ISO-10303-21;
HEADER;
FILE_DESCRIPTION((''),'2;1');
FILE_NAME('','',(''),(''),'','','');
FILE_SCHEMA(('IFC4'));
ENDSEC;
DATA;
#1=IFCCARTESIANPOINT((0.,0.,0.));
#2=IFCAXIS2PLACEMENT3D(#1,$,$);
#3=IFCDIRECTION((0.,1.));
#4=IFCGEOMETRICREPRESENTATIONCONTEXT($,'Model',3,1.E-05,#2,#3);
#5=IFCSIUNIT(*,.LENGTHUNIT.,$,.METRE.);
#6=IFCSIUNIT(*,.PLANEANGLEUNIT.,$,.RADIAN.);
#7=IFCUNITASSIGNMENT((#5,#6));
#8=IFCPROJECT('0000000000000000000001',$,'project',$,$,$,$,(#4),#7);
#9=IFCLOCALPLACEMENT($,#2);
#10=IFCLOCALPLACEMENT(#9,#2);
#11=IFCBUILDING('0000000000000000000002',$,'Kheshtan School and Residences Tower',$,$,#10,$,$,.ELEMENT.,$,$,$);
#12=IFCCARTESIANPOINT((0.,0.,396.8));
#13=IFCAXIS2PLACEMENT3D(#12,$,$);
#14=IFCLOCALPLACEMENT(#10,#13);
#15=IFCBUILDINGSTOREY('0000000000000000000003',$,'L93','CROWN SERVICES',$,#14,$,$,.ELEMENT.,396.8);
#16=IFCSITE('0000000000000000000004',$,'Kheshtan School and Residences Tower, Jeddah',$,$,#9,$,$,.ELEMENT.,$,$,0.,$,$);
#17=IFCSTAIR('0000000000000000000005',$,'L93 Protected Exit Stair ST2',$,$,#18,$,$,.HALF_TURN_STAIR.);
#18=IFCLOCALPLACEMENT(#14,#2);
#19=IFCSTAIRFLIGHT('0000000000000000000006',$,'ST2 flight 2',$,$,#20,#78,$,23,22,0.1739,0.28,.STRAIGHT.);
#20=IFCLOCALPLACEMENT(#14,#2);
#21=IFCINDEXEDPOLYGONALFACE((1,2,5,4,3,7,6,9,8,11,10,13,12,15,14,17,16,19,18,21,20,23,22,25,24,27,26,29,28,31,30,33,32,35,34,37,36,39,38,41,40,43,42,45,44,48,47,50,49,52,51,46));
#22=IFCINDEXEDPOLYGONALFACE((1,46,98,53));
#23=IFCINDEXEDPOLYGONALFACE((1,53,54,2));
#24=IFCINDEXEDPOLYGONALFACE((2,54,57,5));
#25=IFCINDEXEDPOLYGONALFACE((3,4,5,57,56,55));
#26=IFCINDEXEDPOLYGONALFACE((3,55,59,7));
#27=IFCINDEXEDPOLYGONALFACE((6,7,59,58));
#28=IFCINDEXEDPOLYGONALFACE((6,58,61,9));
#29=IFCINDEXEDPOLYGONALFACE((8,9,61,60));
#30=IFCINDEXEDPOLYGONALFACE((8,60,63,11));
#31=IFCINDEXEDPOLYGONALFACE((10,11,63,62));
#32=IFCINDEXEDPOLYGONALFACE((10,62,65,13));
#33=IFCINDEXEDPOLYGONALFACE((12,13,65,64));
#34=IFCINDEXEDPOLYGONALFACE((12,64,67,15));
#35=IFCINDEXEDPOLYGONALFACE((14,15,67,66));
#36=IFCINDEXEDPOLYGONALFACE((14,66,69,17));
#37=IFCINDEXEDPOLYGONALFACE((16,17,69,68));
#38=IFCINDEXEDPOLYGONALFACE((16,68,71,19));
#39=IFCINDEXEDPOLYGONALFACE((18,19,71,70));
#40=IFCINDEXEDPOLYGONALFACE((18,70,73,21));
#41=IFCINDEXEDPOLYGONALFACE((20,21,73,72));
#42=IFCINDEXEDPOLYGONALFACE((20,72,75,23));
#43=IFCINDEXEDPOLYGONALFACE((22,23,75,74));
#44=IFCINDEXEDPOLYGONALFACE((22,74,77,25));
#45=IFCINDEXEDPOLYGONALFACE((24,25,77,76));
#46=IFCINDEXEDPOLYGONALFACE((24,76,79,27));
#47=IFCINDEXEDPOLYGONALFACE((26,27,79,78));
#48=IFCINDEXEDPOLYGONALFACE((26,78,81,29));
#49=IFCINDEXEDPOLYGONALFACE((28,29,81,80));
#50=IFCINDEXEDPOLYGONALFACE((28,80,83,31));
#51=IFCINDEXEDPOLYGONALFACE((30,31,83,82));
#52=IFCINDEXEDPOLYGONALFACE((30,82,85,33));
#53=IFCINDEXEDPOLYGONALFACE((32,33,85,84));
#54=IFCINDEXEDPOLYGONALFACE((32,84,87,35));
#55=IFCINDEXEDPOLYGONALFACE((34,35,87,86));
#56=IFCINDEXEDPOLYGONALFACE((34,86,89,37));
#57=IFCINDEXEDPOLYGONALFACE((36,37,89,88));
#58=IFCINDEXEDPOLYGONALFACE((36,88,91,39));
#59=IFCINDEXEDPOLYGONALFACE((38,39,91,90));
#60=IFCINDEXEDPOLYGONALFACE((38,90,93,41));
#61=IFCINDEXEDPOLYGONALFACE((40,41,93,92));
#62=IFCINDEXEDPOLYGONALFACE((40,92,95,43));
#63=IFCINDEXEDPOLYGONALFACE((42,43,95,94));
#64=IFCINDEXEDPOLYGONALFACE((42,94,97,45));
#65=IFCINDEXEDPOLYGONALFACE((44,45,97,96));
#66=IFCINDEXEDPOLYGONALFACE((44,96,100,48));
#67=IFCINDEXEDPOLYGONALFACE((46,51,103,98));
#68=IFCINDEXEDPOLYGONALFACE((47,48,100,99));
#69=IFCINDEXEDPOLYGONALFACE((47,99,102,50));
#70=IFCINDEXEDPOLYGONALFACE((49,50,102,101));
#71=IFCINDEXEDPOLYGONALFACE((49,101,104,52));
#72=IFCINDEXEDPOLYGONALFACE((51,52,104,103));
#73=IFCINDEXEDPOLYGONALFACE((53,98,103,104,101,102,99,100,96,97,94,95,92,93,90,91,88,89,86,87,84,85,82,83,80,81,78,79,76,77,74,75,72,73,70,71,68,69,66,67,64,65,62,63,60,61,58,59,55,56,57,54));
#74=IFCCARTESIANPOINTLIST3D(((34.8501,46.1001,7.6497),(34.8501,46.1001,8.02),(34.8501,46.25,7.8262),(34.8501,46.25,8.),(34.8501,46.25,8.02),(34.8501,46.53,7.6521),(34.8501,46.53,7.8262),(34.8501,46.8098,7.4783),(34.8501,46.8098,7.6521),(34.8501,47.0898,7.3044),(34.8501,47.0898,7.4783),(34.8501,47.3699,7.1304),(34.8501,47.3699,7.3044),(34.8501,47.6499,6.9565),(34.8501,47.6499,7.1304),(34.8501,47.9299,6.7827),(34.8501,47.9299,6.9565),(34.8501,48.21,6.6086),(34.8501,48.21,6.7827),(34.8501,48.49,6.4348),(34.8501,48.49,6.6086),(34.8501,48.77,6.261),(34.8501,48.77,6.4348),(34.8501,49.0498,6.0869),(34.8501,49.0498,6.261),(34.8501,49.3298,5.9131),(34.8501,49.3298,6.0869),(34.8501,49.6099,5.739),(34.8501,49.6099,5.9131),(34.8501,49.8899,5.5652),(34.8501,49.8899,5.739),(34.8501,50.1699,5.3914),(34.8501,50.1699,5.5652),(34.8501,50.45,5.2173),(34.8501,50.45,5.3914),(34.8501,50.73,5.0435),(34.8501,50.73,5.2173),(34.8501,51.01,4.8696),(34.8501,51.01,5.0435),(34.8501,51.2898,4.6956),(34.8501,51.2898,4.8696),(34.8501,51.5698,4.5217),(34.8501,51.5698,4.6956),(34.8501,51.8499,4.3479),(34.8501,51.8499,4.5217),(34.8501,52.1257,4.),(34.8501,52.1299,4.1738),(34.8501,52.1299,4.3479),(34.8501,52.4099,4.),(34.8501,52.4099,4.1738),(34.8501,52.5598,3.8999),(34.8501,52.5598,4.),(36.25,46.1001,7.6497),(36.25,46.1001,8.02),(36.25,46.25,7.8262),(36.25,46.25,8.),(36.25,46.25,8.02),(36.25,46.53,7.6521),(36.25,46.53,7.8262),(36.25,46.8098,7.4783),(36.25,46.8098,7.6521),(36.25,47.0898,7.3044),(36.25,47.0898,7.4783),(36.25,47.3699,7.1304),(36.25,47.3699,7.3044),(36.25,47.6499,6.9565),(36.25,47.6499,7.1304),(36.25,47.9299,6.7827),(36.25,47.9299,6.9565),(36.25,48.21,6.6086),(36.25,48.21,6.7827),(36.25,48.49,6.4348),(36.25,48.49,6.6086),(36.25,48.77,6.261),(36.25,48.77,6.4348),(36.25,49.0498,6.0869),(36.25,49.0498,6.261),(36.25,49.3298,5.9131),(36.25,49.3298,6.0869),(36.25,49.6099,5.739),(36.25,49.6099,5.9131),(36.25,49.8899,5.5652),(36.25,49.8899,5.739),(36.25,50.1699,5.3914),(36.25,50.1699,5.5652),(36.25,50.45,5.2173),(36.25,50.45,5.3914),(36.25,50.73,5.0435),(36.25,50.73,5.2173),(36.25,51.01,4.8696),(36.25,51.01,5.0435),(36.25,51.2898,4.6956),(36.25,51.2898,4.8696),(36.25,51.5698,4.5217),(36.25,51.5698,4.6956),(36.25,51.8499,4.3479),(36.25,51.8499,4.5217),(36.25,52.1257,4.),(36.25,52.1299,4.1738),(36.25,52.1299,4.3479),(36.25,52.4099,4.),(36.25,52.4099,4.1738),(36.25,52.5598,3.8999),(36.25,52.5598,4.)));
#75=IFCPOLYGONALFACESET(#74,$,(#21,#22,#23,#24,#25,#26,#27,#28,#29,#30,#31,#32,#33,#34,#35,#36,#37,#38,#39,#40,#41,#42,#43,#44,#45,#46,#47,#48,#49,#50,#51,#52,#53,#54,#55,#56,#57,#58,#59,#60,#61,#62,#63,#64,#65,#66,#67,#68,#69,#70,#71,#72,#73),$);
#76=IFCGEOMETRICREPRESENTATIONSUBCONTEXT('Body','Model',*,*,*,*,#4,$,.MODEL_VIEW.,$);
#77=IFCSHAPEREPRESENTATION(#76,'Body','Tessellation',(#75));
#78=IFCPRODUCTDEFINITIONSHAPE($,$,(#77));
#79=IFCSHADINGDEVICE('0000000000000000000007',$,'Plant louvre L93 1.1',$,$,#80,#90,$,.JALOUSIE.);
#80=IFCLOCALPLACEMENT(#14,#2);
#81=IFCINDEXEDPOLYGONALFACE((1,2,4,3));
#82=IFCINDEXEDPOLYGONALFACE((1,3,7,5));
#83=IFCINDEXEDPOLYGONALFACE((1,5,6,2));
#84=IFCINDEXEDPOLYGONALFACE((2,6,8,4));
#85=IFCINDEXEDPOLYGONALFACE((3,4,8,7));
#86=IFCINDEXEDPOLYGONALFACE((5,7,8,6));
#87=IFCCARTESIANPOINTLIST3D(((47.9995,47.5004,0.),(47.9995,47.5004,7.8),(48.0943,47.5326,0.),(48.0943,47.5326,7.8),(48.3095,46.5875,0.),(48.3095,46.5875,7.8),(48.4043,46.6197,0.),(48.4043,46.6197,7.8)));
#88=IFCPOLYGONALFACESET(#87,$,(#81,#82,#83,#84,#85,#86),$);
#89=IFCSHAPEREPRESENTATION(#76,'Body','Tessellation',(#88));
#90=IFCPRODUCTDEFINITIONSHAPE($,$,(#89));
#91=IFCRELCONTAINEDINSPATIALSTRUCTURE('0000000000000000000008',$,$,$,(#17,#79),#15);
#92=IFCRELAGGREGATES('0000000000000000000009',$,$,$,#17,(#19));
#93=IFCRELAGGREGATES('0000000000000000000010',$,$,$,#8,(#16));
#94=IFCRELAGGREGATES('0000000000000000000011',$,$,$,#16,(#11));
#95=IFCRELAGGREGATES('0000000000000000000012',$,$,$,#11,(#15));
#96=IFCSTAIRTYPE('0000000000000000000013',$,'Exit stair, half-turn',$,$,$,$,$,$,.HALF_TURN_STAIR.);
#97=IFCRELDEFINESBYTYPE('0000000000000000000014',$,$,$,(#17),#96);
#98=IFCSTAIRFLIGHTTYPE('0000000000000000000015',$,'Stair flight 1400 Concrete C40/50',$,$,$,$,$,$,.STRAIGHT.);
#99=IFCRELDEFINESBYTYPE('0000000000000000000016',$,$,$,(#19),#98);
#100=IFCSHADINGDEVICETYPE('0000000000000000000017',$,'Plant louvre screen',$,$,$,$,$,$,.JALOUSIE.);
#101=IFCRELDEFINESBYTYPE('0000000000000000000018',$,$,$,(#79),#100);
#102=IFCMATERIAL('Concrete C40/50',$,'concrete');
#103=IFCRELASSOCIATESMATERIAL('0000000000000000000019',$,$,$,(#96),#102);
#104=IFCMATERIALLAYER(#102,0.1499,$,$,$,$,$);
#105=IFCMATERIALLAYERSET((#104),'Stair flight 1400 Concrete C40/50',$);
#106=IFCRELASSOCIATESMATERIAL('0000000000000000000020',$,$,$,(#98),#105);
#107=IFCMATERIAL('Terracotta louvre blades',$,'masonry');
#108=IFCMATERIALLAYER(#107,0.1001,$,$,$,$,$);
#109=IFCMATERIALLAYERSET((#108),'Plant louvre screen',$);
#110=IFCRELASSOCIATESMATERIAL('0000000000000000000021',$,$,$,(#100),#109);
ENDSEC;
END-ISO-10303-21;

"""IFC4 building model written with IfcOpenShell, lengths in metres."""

from ifc_helpers import new_model, si_unit, direction, frame, origin, origin_2d, place, context, subcontext, project, spatial, polyline, rectangle, outline, extrude, material, layer, layer_set, type_object, element, aggregate, save


model = new_model("IFC4")

# Units and contexts
model_context = context("Model", 3, precision=1e-05, world=origin(), true_north=direction((0.0, 1.0)))
body_context = subcontext(model_context, "Body", "Model", "MODEL_VIEW")
ifc_project = project(units=[si_unit("LENGTHUNIT", "METRE"), si_unit("PLANEANGLEUNIT", "RADIAN")], contexts=[model_context])

# Site, building, storey
site_placement = place(None, origin())
site = spatial("IfcSite", under=ifc_project, at=site_placement, Name="Kheshtan School and Residences Tower, Jeddah", CompositionType="ELEMENT", RefElevation=0.0)
building_placement = place(site_placement, origin())
building = spatial("IfcBuilding", under=site, at=building_placement, Name="Kheshtan School and Residences Tower", CompositionType="ELEMENT")
storey_placement = place(building_placement, frame((0.0, 0.0, 396.8)))
storey = spatial("IfcBuildingStorey", under=building, at=storey_placement, Name="L93", Description="CROWN SERVICES", CompositionType="ELEMENT", Elevation=396.8)

# Shared definitions
ifc_material_1 = material(Name="Concrete C40/50", Category="concrete")

# Stair, stair flight
stair_type = type_object("IfcStairType", Name="Exit stair, half-turn", PredefinedType="HALF_TURN_STAIR", material=ifc_material_1)
stair_placement = place(storey_placement, origin())
stair = element("IfcStair", 1, at=stair_placement, inside=storey, type_object=stair_type, Name="L93 Protected Exit Stair ST2", PredefinedType="HALF_TURN_STAIR")
ifc_layer_1 = layer(ifc_material_1, 0.1499)
ifc_layer_set_1 = layer_set([ifc_layer_1], Name="Stair flight 1400 Concrete C40/50")
stair_flight_type = type_object("IfcStairFlightType", Name="Stair flight 1400 Concrete C40/50", PredefinedType="STRAIGHT", material=ifc_layer_set_1)
stair_flight_placement = place(storey_placement, frame((35.55, 52.4099, 4.0), z_axis=(0.0, 0.0, 1.0), x_axis=(0.0, -1.0, 0.0)))
stair_flight = element("IfcStairFlight", 2, at=stair_flight_placement, type_object=stair_flight_type, Name="ST2 flight 2", NumberOfRisers=23, NumberOfTreads=22, PredefinedType="STRAIGHT", RiserHeight=0.1739, TreadLength=0.28, context=body_context, shape_type="SweptSolid", body=[
    extrude(outline(polyline([(-0.1499, -0.1001), (-0.1499, 0.0), (0.0, 0.0), (0.0, 0.1738), (0.28, 0.1738), (0.28, 0.3479), (0.5601, 0.3479), (0.5601, 0.5217), (0.8401, 0.5217), (0.8401, 0.6956), (1.1201, 0.6956), (1.1201, 0.8696), (1.3999, 0.8696), (1.3999, 1.0435), (1.6799, 1.0435), (1.6799, 1.2173), (1.96, 1.2173), (1.96, 1.3914), (2.24, 1.3914), (2.24, 1.5652), (2.52, 1.5652), (2.52, 1.739), (2.8, 1.739), (2.8, 1.9131), (3.0801, 1.9131), (3.0801, 2.0869), (3.3601, 2.0869), (3.3601, 2.261), (3.6399, 2.261), (3.6399, 2.4348), (3.9199, 2.4348), (3.9199, 2.6086), (4.2, 2.6086), (4.2, 2.7827), (4.48, 2.7827), (4.48, 2.9565), (4.76, 2.9565), (4.76, 3.1304), (5.04, 3.1304), (5.04, 3.3044), (5.3201, 3.3044), (5.3201, 3.4783), (5.6001, 3.4783), (5.6001, 3.6521), (5.8799, 3.6521), (5.8799, 3.8262), (6.1599, 3.8262), (6.1599, 4.0), (6.1599, 4.02), (6.3098, 4.02), (6.3098, 3.6497), (0.2842, 0.0), (-0.1499, -0.1001)])), frame((0.0, 0.7, 0.0), z_axis=(0.0, -1.0, 0.0), x_axis=(1.0, 0.0, 0.0)), (0.0, 0.0, 1.0), 1.3999),
])
aggregate(stair, [stair_flight])

# Shading device
ifc_material_2 = material(Name="Terracotta louvre blades", Category="masonry")
ifc_layer_2 = layer(ifc_material_2, 0.1001)
ifc_layer_set_2 = layer_set([ifc_layer_2], Name="Plant louvre screen")
shading_device_type = type_object("IfcShadingDeviceType", Name="Plant louvre screen", PredefinedType="JALOUSIE", material=ifc_layer_set_2)
shading_device_placement = place(storey_placement, frame((48.2019, 47.0601, 0.0), z_axis=(0.0, 0.0, 1.0), x_axis=(0.321506, -0.946908, 0.0)))
element("IfcShadingDevice", 3, at=shading_device_placement, inside=storey, type_object=shading_device_type, Name="Plant louvre L93 1.1", PredefinedType="JALOUSIE", context=body_context, shape_type="SweptSolid", body=[
    extrude(rectangle(XDim=0.9641, YDim=0.1001, at=origin_2d()), origin(), (0.0, 0.0, 1.0), 7.8),
])

save(model, "model.ifc")
